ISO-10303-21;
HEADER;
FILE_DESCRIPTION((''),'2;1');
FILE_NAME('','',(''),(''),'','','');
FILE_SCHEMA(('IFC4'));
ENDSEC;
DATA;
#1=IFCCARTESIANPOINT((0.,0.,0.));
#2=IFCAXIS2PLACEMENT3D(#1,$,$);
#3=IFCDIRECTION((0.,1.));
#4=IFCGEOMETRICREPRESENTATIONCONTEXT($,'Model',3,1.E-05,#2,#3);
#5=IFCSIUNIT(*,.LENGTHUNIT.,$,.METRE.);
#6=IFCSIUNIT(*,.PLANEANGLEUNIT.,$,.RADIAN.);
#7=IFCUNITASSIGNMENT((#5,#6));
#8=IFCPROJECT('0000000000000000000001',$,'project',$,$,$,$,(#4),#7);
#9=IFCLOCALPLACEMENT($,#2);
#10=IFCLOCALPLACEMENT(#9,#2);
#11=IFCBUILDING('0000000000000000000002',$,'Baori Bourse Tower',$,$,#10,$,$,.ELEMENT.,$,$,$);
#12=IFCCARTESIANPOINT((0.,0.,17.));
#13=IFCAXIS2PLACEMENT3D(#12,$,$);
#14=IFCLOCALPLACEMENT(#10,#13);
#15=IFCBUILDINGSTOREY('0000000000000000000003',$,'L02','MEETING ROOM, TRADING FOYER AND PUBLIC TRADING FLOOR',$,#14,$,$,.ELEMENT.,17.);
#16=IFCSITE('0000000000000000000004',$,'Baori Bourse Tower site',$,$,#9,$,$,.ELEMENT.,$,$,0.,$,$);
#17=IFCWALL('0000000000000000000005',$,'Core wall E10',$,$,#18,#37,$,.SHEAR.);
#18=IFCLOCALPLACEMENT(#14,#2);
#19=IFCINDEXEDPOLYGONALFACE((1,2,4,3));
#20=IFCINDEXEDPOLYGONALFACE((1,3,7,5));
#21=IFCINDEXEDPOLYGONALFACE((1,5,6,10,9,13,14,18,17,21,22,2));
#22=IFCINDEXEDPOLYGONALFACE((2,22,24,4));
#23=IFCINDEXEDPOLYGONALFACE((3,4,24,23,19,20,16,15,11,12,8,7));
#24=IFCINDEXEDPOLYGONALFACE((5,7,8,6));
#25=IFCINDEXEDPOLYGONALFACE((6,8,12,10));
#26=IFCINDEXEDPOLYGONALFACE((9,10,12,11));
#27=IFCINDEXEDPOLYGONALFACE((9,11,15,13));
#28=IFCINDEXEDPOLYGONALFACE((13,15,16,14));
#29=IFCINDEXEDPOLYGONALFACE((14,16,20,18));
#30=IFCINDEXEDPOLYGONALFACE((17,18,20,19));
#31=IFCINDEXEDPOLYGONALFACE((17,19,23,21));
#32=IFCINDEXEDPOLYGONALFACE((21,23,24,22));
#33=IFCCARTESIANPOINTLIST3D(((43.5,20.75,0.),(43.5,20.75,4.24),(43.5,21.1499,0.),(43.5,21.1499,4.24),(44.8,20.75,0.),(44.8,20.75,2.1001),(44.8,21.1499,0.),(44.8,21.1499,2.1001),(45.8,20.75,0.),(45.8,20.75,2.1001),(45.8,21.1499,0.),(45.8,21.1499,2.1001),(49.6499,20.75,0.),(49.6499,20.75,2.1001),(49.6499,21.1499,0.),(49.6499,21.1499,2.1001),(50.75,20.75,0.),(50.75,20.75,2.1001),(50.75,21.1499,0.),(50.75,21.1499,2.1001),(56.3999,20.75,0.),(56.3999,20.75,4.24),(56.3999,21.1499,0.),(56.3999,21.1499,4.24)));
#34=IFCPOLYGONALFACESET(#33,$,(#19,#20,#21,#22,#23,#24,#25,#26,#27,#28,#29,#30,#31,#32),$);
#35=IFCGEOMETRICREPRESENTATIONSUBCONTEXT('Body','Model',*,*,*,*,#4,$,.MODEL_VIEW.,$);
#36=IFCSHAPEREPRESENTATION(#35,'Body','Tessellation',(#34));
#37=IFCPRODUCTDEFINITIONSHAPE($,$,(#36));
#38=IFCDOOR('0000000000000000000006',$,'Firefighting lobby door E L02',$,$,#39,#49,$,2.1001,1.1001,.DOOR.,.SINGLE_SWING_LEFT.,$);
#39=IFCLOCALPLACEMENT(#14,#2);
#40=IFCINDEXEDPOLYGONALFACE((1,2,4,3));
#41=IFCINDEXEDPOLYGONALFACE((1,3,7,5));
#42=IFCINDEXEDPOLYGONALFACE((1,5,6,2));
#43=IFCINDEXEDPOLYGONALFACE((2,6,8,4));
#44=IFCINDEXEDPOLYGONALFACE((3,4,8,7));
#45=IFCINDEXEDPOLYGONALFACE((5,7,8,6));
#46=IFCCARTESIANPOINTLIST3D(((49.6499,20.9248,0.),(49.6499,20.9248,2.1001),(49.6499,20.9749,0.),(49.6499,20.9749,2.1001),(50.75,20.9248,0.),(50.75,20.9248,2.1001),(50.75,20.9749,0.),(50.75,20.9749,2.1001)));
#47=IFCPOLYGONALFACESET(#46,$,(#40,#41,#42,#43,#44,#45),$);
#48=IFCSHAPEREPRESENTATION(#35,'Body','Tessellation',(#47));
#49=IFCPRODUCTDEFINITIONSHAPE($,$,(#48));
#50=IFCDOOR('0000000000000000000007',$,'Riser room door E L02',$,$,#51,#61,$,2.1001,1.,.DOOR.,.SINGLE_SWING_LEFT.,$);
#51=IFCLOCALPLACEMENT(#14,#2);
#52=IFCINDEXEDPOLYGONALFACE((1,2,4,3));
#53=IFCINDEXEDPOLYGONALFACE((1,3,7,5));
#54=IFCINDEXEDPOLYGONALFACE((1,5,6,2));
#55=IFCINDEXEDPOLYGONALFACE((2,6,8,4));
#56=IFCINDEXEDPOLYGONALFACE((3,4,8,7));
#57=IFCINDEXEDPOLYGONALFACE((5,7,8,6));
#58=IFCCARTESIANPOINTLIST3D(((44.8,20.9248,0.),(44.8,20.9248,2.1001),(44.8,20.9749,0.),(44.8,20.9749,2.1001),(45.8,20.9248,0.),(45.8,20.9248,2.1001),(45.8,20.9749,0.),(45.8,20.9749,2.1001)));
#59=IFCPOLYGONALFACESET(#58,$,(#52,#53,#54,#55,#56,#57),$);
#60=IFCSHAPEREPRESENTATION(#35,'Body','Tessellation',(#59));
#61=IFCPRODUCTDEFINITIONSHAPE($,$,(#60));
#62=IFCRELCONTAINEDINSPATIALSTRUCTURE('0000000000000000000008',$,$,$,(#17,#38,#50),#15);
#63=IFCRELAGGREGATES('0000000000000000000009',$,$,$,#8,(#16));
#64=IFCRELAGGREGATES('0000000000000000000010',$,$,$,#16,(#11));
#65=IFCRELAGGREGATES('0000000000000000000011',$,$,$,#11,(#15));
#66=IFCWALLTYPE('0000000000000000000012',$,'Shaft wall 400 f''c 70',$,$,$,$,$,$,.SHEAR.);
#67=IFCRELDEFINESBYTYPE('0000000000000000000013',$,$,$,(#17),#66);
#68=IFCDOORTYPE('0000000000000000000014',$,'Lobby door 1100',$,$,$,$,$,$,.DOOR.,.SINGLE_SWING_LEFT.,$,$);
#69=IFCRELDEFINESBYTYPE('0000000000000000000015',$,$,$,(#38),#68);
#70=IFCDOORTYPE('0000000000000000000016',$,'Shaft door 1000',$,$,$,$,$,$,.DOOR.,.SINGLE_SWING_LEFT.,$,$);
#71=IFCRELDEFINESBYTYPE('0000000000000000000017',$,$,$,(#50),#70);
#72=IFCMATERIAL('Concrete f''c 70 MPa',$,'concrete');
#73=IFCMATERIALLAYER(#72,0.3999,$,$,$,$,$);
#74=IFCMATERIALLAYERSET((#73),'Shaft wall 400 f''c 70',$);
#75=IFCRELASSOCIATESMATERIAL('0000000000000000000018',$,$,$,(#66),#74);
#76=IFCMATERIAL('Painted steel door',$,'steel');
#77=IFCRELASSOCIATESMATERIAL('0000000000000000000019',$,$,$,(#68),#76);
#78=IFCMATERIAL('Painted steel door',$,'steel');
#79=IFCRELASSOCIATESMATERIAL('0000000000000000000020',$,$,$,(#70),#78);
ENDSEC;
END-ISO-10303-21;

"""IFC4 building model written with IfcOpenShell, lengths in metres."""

from ifc_helpers import new_model, si_unit, direction, frame, frame_2d, origin, place, context, subcontext, project, spatial, rectangle, extrude, material, layer, layer_set, type_object, element, fill, save


model = new_model("IFC4")

# Units and contexts
model_context = context("Model", 3, precision=1e-05, world=origin(), true_north=direction((0.0, 1.0)))
body_context = subcontext(model_context, "Body", "Model", "MODEL_VIEW")
ifc_project = project(units=[si_unit("LENGTHUNIT", "METRE"), si_unit("PLANEANGLEUNIT", "RADIAN")], contexts=[model_context])

# Site, building, storey
site_placement = place(None, origin())
site = spatial("IfcSite", under=ifc_project, at=site_placement, Name="Baori Bourse Tower site", CompositionType="ELEMENT", RefElevation=0.0)
building_placement = place(site_placement, origin())
building = spatial("IfcBuilding", under=site, at=building_placement, Name="Baori Bourse Tower", CompositionType="ELEMENT")
storey_placement = place(building_placement, frame((0.0, 0.0, 17.0)))
storey = spatial("IfcBuildingStorey", under=building, at=storey_placement, Name="L02", Description="MEETING ROOM, TRADING FOYER AND PUBLIC TRADING FLOOR", CompositionType="ELEMENT", Elevation=17.0)

# Shared definitions
ifc_material_1 = material(Name="Concrete f'c 70 MPa", Category="concrete")
ifc_layer_1 = layer(ifc_material_1, 0.3999)
ifc_layer_set_1 = layer_set([ifc_layer_1], Name="Shaft wall 400 f'c 70")
wall_type_1 = type_object("IfcWallType", Name="Shaft wall 400 f'c 70", PredefinedType="SHEAR", material=ifc_layer_set_1)

# Wall, openings, doors
wall_1_placement = place(storey_placement, frame((43.5, 20.95, 0.0), z_axis=(0.0, 0.0, 1.0), x_axis=(1.0, 0.0, 0.0)))
wall_1 = element("IfcWall", 1, at=wall_1_placement, inside=storey, type_object=wall_type_1, Name="Core wall E10", PredefinedType="SHEAR", context=body_context, shape_type="SweptSolid", body=[
    extrude(rectangle(XDim=12.8999, YDim=0.3999, at=frame_2d((6.45, 0.0))), origin(), (0.0, 0.0, 1.0), 4.24),
])
opening_1_placement = place(wall_1_placement, frame((6.1499, 0.0, 0.0)))
opening_1 = element("IfcOpeningElement", 2, at=opening_1_placement, cuts=wall_1, PredefinedType="OPENING", context=body_context, shape_type="SweptSolid", body=[
    extrude(rectangle(XDim=1.1001, YDim=2.1001, at=frame_2d((0.55, 1.05))), frame((0.0, 0.21, 0.0), z_axis=(0.0, -1.0, 0.0), x_axis=(1.0, 0.0, 0.0)), (0.0, 0.0, 1.0), 0.4199),
])
opening_2_placement = place(wall_1_placement, frame((1.3, 0.0, 0.0)))
opening_2 = element("IfcOpeningElement", 3, at=opening_2_placement, cuts=wall_1, PredefinedType="OPENING", context=body_context, shape_type="SweptSolid", body=[
    extrude(rectangle(XDim=1.0, YDim=2.1001, at=frame_2d((0.5, 1.05))), frame((0.0, 0.21, 0.0), z_axis=(0.0, -1.0, 0.0), x_axis=(1.0, 0.0, 0.0)), (0.0, 0.0, 1.0), 0.4199),
])
ifc_material_2 = material(Name="Painted steel door", Category="steel")
door_type_1 = type_object("IfcDoorType", Name="Lobby door 1100", OperationType="SINGLE_SWING_LEFT", PredefinedType="DOOR", material=ifc_material_2)
door_1_placement = place(opening_1_placement, origin())
door_1 = element("IfcDoor", 4, at=door_1_placement, inside=storey, type_object=door_type_1, Name="Firefighting lobby door E L02", OperationType="SINGLE_SWING_LEFT", OverallHeight=2.1001, OverallWidth=1.1001, PredefinedType="DOOR", context=body_context, shape_type="SweptSolid", body=[
    extrude(rectangle(XDim=1.1001, YDim=2.1001, at=frame_2d((0.55, 1.05))), frame((0.0, 0.0249, 0.0), z_axis=(0.0, -1.0, 0.0), x_axis=(1.0, 0.0, 0.0)), (0.0, 0.0, 1.0), 0.05),
])
fill(opening_1, door_1)
ifc_material_3 = material(Name="Painted steel door", Category="steel")
door_type_2 = type_object("IfcDoorType", Name="Shaft door 1000", OperationType="SINGLE_SWING_LEFT", PredefinedType="DOOR", material=ifc_material_3)
door_2_placement = place(opening_2_placement, origin())
door_2 = element("IfcDoor", 5, at=door_2_placement, inside=storey, type_object=door_type_2, Name="Riser room door E L02", OperationType="SINGLE_SWING_LEFT", OverallHeight=2.1001, OverallWidth=1.0, PredefinedType="DOOR", context=body_context, shape_type="SweptSolid", body=[
    extrude(rectangle(XDim=1.0, YDim=2.1001, at=frame_2d((0.5, 1.05))), frame((0.0, 0.0249, 0.0), z_axis=(0.0, -1.0, 0.0), x_axis=(1.0, 0.0, 0.0)), (0.0, 0.0, 1.0), 0.05),
])
fill(opening_2, door_2)

save(model, "model.ifc")
